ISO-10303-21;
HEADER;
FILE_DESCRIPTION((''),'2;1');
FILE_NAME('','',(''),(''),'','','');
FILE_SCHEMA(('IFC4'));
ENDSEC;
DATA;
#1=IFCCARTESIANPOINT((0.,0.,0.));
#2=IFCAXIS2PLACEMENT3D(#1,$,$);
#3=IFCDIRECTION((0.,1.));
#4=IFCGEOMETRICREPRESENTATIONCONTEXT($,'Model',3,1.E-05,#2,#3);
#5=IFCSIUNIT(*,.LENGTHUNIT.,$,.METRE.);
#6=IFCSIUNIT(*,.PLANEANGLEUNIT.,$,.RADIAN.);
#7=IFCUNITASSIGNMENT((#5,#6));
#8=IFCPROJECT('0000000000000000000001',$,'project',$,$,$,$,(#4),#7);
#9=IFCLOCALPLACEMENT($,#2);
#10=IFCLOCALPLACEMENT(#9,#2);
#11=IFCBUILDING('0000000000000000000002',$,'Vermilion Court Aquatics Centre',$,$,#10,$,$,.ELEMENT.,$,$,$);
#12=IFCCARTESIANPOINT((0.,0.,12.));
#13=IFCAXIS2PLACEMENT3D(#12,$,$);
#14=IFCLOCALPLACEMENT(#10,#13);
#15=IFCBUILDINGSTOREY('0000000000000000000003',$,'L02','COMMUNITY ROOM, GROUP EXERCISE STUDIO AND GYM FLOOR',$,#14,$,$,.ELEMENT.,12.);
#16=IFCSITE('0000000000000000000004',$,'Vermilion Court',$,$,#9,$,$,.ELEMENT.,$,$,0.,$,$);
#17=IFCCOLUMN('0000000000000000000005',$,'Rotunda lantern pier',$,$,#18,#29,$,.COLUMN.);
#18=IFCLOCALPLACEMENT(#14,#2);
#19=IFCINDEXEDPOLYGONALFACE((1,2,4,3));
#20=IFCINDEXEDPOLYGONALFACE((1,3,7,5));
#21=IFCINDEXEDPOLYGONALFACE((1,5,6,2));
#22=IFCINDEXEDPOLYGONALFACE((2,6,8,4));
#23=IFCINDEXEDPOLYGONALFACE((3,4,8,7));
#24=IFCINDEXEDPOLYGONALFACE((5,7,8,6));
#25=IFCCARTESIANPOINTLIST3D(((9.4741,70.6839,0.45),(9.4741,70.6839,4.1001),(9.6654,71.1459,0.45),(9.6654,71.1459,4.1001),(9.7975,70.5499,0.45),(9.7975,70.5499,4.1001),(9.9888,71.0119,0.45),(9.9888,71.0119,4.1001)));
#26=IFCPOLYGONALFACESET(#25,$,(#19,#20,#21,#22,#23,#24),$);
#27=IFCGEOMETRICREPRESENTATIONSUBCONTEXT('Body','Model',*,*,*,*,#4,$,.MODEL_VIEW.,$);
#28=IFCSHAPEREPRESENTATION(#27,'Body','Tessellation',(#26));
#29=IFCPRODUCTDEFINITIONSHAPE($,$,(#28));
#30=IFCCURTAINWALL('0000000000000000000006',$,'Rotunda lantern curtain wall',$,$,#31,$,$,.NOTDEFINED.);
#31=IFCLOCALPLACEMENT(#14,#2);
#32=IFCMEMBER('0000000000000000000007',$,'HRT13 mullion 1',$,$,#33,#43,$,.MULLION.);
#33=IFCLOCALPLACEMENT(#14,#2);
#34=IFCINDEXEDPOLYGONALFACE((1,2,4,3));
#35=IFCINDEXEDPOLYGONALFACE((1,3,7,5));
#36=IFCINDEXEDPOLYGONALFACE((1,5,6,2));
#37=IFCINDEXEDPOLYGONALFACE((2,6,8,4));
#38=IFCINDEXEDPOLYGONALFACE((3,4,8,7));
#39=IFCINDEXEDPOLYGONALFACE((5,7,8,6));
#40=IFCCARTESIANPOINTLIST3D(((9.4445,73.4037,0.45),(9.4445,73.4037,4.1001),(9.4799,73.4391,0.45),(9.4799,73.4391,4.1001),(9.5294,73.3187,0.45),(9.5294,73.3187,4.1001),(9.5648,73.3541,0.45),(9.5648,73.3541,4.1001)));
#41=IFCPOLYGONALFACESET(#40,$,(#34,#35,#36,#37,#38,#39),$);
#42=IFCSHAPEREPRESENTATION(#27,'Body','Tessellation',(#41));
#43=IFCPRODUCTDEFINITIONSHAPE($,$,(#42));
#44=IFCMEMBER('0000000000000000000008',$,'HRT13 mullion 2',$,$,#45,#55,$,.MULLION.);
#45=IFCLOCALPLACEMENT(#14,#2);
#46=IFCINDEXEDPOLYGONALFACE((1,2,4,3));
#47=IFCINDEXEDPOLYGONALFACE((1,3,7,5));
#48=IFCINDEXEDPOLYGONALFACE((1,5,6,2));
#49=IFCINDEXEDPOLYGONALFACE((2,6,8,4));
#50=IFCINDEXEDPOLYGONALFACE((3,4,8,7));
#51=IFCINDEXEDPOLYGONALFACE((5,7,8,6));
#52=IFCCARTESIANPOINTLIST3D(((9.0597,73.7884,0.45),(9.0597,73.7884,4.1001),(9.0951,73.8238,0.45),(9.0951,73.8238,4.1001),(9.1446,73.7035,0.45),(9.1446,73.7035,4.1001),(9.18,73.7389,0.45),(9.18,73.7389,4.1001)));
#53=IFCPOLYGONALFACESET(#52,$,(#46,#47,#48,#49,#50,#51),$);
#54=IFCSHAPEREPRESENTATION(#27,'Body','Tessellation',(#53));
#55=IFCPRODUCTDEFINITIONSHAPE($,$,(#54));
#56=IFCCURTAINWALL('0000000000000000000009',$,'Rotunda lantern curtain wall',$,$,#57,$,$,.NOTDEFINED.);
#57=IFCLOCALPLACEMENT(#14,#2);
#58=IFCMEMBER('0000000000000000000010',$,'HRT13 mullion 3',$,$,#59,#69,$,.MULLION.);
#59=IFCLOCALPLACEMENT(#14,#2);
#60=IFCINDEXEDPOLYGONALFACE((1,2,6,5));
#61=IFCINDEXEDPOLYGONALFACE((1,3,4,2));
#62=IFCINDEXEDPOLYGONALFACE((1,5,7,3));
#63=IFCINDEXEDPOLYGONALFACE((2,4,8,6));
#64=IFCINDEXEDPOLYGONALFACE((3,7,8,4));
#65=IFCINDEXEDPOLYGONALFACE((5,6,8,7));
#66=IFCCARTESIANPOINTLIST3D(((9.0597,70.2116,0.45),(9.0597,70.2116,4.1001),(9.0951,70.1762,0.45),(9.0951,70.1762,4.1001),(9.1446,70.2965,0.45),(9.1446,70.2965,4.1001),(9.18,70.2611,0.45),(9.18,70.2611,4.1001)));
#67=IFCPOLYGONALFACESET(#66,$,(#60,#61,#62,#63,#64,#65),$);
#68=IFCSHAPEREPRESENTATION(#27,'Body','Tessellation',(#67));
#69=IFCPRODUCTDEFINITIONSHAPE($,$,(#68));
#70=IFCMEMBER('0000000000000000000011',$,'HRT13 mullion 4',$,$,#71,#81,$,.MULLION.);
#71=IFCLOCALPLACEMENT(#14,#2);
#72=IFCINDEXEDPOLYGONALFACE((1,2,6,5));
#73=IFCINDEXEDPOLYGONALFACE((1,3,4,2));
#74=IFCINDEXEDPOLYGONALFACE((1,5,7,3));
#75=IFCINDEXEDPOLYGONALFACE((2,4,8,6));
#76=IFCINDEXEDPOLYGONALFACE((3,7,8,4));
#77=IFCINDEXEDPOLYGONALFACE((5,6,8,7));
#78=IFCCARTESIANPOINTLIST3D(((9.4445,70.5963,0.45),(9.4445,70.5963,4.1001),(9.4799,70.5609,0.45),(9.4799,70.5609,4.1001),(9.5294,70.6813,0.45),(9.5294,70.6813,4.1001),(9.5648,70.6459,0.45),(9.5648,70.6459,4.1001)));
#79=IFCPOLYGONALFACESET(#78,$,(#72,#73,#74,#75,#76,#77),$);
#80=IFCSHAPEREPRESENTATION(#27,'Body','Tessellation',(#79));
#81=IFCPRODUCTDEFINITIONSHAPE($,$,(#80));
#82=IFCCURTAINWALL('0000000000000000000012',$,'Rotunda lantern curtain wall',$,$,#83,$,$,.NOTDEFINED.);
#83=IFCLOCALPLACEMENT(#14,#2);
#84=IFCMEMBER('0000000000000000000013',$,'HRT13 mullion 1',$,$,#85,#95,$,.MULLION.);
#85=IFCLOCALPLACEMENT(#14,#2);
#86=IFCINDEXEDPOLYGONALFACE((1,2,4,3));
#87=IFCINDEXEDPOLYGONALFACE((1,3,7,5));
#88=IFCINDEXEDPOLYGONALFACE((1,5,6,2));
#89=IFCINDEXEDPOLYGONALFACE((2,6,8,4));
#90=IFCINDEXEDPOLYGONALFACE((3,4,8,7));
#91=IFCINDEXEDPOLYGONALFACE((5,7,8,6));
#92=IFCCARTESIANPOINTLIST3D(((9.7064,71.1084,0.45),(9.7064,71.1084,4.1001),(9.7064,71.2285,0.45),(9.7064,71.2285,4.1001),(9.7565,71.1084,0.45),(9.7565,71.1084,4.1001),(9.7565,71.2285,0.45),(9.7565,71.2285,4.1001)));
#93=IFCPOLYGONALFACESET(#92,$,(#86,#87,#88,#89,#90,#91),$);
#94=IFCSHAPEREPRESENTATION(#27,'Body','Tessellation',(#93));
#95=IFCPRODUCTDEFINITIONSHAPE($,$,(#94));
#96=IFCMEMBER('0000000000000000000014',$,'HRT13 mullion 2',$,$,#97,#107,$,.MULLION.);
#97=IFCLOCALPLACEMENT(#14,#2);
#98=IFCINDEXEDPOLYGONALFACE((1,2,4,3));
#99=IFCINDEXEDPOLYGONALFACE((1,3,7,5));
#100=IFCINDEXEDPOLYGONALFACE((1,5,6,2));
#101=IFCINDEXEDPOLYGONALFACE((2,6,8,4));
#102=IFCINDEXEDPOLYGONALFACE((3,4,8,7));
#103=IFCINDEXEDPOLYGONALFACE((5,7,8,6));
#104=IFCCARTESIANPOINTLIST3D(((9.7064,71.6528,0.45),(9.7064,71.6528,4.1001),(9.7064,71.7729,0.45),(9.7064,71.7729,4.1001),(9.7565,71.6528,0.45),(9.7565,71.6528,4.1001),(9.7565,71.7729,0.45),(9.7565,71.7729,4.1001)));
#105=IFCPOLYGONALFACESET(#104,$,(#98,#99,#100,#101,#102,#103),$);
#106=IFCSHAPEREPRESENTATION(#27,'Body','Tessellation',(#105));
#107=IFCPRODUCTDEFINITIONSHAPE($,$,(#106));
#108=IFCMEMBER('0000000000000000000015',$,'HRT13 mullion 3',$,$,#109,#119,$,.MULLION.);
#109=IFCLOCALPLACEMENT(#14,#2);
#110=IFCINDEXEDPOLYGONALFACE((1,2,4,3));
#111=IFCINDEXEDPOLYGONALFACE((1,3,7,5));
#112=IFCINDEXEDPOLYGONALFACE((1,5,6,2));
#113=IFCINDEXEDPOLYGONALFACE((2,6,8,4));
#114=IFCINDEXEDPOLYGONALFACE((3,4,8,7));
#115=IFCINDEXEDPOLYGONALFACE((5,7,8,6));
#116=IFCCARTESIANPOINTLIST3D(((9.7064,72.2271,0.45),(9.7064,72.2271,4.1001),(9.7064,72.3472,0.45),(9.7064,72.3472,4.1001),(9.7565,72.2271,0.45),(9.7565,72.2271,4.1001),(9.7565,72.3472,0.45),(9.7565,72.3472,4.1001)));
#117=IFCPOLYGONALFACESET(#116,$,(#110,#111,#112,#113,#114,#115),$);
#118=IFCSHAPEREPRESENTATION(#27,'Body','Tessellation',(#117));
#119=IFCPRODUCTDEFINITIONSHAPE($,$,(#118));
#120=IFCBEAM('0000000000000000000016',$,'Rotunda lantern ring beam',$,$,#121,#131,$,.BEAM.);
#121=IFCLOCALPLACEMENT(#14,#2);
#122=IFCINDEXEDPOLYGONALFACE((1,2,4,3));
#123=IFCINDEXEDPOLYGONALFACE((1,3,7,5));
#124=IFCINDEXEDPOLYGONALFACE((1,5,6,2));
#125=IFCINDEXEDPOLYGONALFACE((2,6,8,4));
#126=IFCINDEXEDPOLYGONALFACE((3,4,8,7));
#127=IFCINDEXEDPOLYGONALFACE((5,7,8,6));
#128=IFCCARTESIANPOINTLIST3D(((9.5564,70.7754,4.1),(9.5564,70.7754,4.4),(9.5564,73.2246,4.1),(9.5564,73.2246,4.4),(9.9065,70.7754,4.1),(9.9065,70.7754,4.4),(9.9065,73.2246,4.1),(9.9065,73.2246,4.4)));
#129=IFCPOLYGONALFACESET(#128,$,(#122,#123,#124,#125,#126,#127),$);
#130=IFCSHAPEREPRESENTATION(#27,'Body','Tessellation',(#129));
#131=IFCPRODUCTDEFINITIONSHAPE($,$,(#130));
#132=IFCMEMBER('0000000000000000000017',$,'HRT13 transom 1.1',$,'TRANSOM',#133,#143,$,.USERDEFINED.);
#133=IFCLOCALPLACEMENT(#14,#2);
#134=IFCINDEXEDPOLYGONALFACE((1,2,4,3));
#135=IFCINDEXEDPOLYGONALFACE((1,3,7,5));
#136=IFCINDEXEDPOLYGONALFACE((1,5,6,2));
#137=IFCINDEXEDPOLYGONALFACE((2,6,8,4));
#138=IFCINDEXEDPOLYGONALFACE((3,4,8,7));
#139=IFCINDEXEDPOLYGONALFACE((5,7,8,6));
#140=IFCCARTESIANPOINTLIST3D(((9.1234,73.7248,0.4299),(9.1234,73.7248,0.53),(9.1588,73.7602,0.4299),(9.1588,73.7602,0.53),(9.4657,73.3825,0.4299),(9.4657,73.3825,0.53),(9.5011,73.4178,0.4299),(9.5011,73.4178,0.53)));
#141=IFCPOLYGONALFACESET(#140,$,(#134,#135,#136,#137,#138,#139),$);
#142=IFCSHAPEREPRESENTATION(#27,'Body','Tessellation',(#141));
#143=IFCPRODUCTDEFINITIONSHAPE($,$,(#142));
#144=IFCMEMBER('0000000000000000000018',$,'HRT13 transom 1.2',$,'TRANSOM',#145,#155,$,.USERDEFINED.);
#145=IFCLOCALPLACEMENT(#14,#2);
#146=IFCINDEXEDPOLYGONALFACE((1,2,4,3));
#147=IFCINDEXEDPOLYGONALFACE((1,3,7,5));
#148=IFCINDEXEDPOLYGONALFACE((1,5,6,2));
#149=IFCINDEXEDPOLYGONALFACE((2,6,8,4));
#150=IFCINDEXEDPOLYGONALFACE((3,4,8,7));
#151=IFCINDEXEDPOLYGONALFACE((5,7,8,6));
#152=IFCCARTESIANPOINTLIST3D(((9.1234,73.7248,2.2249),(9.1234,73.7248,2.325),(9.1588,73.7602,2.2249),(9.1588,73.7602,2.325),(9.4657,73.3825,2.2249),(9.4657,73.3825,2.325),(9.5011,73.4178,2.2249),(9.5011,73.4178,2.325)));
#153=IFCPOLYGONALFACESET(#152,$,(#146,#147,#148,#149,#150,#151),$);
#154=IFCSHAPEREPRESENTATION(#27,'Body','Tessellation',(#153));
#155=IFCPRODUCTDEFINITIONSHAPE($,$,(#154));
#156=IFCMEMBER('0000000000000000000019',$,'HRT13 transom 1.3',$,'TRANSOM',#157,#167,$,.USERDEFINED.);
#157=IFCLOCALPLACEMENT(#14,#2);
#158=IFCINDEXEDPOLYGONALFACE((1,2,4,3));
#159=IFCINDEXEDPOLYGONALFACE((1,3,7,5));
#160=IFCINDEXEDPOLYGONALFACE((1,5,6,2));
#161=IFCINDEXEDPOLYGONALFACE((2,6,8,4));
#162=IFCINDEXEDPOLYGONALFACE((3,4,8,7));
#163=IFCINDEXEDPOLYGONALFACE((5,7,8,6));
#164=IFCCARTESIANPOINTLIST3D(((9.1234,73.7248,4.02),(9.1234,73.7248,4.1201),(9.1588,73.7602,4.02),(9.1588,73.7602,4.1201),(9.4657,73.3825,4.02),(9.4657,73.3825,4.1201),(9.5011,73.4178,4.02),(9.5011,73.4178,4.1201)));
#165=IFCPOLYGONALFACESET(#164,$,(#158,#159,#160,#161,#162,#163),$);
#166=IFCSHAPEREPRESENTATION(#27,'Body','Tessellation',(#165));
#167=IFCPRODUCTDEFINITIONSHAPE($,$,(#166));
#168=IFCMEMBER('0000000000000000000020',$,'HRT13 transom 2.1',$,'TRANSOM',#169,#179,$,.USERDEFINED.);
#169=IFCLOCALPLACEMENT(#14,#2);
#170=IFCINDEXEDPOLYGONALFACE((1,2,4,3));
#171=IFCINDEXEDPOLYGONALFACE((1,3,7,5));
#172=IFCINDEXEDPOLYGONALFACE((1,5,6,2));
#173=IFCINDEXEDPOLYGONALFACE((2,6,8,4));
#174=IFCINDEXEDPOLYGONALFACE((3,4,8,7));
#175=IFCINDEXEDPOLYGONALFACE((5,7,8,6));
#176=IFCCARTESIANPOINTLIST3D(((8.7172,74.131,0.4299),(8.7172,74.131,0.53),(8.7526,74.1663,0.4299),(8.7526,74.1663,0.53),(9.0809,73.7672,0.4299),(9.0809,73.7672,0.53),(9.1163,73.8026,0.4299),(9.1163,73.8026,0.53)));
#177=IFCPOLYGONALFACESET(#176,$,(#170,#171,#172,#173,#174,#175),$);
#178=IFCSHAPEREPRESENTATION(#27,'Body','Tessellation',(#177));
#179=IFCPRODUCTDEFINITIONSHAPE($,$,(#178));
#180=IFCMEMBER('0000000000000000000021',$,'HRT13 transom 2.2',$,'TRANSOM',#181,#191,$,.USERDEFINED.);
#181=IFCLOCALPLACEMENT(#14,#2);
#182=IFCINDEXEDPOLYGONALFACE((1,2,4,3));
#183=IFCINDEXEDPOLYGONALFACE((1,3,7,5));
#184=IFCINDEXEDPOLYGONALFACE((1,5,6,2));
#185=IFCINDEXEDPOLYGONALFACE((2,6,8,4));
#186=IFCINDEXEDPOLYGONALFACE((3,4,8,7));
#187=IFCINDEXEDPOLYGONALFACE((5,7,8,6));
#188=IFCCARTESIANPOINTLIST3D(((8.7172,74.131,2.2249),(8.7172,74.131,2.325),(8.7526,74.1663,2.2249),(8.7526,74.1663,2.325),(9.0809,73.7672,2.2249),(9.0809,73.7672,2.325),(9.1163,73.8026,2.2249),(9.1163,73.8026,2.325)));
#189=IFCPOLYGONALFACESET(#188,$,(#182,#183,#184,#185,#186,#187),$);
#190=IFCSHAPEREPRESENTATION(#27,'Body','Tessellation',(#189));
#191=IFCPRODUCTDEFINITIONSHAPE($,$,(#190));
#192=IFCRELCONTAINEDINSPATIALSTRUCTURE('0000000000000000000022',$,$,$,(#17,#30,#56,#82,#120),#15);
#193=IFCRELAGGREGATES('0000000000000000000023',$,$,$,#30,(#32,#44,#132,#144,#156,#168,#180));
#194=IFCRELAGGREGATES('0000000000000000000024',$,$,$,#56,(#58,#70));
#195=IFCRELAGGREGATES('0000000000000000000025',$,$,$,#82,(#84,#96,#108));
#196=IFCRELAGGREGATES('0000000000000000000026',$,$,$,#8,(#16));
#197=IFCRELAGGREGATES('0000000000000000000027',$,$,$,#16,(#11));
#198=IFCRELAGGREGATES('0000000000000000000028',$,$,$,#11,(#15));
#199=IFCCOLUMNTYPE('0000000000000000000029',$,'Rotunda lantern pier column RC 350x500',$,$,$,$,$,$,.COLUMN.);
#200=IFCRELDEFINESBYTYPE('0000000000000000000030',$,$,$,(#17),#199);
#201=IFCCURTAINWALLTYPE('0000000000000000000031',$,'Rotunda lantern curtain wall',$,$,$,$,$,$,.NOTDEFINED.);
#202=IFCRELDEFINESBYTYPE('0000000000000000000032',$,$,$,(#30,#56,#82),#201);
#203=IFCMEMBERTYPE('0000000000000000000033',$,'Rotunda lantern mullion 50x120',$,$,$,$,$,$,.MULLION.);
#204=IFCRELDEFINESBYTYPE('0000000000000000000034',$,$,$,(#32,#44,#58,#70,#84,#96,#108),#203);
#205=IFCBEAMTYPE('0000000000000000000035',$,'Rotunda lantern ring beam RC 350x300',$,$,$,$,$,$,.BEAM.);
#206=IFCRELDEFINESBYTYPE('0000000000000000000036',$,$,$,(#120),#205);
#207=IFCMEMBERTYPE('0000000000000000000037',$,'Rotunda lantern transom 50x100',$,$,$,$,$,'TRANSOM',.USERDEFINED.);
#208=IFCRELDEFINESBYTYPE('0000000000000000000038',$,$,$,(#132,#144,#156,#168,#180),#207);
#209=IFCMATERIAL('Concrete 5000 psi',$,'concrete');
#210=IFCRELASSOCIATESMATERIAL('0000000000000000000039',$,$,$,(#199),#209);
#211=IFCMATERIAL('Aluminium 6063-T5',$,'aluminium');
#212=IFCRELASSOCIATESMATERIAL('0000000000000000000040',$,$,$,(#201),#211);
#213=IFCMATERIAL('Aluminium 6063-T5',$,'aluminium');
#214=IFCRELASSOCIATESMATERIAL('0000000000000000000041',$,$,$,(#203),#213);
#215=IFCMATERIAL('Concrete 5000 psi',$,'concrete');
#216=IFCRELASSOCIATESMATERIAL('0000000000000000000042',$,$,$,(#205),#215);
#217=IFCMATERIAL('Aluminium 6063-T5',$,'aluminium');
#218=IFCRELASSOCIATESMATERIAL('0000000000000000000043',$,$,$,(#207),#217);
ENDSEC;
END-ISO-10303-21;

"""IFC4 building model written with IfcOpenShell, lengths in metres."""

from ifc_helpers import new_model, si_unit, direction, frame, origin, origin_2d, place, context, subcontext, project, spatial, rectangle, extrude, material, material_profile, profile_set, type_object, element, aggregate, save


model = new_model("IFC4")

# Units and contexts
model_context = context("Model", 3, precision=1e-05, world=origin(), true_north=direction((0.0, 1.0)))
body_context = subcontext(model_context, "Body", "Model", "MODEL_VIEW")
ifc_project = project(units=[si_unit("LENGTHUNIT", "METRE"), si_unit("PLANEANGLEUNIT", "RADIAN")], contexts=[model_context])

# Site, building, storey
site_placement = place(None, origin())
site = spatial("IfcSite", under=ifc_project, at=site_placement, Name="Vermilion Court", CompositionType="ELEMENT", RefElevation=0.0)
building_placement = place(site_placement, origin())
building = spatial("IfcBuilding", under=site, at=building_placement, Name="Vermilion Court Aquatics Centre", CompositionType="ELEMENT")
storey_placement = place(building_placement, frame((0.0, 0.0, 12.0)))
storey = spatial("IfcBuildingStorey", under=building, at=storey_placement, Name="L02", Description="COMMUNITY ROOM, GROUP EXERCISE STUDIO AND GYM FLOOR", CompositionType="ELEMENT", Elevation=12.0)

# Column
ifc_material_1 = material(Name="Concrete 5000 psi", Category="concrete")
ifc_material_profile_1 = material_profile(ifc_material_1, rectangle(XDim=0.3501, YDim=0.5, at=origin_2d()), Name="RC 350x500")
ifc_profile_set_1 = profile_set([ifc_material_profile_1], Name="Concrete 5000 psi")
column_type = type_object("IfcColumnType", Name="Rotunda lantern pier column RC 350x500", PredefinedType="COLUMN", material=ifc_profile_set_1)
column_placement = place(storey_placement, frame((9.7314, 70.8479, 0.45), z_axis=(0.0, 0.0, 1.0), x_axis=(0.92388, -0.382683, 0.0)))
element("IfcColumn", 1, at=column_placement, inside=storey, type_object=column_type, Name="Rotunda lantern pier", PredefinedType="COLUMN", context=body_context, shape_type="SweptSolid", body=[
    extrude(rectangle(XDim=0.3501, YDim=0.5, at=origin_2d()), origin(), (0.0, 0.0, 1.0), 3.6501),
])

# Curtain walls, members
ifc_material_2 = material(Name="Aluminium 6063-T5", Category="aluminium")
curtain_wall_type = type_object("IfcCurtainWallType", Name="Rotunda lantern curtain wall", PredefinedType="NOTDEFINED", material=ifc_material_2)
curtain_wall_1_placement = place(storey_placement, origin())
curtain_wall_1 = element("IfcCurtainWall", 2, at=curtain_wall_1_placement, inside=storey, type_object=curtain_wall_type, Name="Rotunda lantern curtain wall", PredefinedType="NOTDEFINED")
ifc_material_3 = material(Name="Aluminium 6063-T5", Category="aluminium")
ifc_material_profile_2 = material_profile(ifc_material_3, rectangle(XDim=0.05, YDim=0.1201, at=origin_2d()), Name="Aluminium 50x120")
ifc_profile_set_2 = profile_set([ifc_material_profile_2], Name="Aluminium 6063-T5")
member_type_1 = type_object("IfcMemberType", Name="Rotunda lantern mullion 50x120", PredefinedType="MULLION", material=ifc_profile_set_2)
member_1_placement = place(storey_placement, frame((9.5046, 73.3789, 0.45), z_axis=(0.0, 0.0, 1.0), x_axis=(-0.707107, -0.707107, 0.0)))
member_1 = element("IfcMember", 3, at=member_1_placement, type_object=member_type_1, Name="HRT13 mullion 1", PredefinedType="MULLION", context=body_context, shape_type="SweptSolid", body=[
    extrude(rectangle(XDim=0.05, YDim=0.1201, at=origin_2d()), origin(), (0.0, 0.0, 1.0), 3.6501),
])
member_2_placement = place(storey_placement, frame((9.1199, 73.7637, 0.45), z_axis=(0.0, 0.0, 1.0), x_axis=(-0.707107, -0.707107, 0.0)))
member_2 = element("IfcMember", 4, at=member_2_placement, type_object=member_type_1, Name="HRT13 mullion 2", PredefinedType="MULLION", context=body_context, shape_type="SweptSolid", body=[
    extrude(rectangle(XDim=0.05, YDim=0.1201, at=origin_2d()), origin(), (0.0, 0.0, 1.0), 3.6501),
])
curtain_wall_2_placement = place(storey_placement, origin())
curtain_wall_2 = element("IfcCurtainWall", 5, at=curtain_wall_2_placement, inside=storey, type_object=curtain_wall_type, Name="Rotunda lantern curtain wall", PredefinedType="NOTDEFINED")
member_3_placement = place(storey_placement, frame((9.1199, 70.2363, 0.45), z_axis=(0.0, 0.0, 1.0), x_axis=(-0.707107, 0.707107, 0.0)))
member_3 = element("IfcMember", 6, at=member_3_placement, type_object=member_type_1, Name="HRT13 mullion 3", PredefinedType="MULLION", context=body_context, shape_type="SweptSolid", body=[
    extrude(rectangle(XDim=0.05, YDim=0.1201, at=origin_2d()), origin(), (0.0, 0.0, 1.0), 3.6501),
])
member_4_placement = place(storey_placement, frame((9.5046, 70.6211, 0.45), z_axis=(0.0, 0.0, 1.0), x_axis=(-0.707107, 0.707107, 0.0)))
member_4 = element("IfcMember", 7, at=member_4_placement, type_object=member_type_1, Name="HRT13 mullion 4", PredefinedType="MULLION", context=body_context, shape_type="SweptSolid", body=[
    extrude(rectangle(XDim=0.05, YDim=0.1201, at=origin_2d()), origin(), (0.0, 0.0, 1.0), 3.6501),
])
curtain_wall_3_placement = place(storey_placement, origin())
curtain_wall_3 = element("IfcCurtainWall", 8, at=curtain_wall_3_placement, inside=storey, type_object=curtain_wall_type, Name="Rotunda lantern curtain wall", PredefinedType="NOTDEFINED")
member_5_placement = place(storey_placement, frame((9.7314, 71.1685, 0.45), z_axis=(0.0, 0.0, 1.0), x_axis=(-1.0, 0.0, 0.0)))
member_5 = element("IfcMember", 9, at=member_5_placement, type_object=member_type_1, Name="HRT13 mullion 1", PredefinedType="MULLION", context=body_context, shape_type="SweptSolid", body=[
    extrude(rectangle(XDim=0.05, YDim=0.1201, at=origin_2d()), origin(), (0.0, 0.0, 1.0), 3.6501),
])
member_6_placement = place(storey_placement, frame((9.7314, 71.7129, 0.45), z_axis=(0.0, 0.0, 1.0), x_axis=(-1.0, 0.0, 0.0)))
member_6 = element("IfcMember", 10, at=member_6_placement, type_object=member_type_1, Name="HRT13 mullion 2", PredefinedType="MULLION", context=body_context, shape_type="SweptSolid", body=[
    extrude(rectangle(XDim=0.05, YDim=0.1201, at=origin_2d()), origin(), (0.0, 0.0, 1.0), 3.6501),
])
member_7_placement = place(storey_placement, frame((9.7314, 72.2871, 0.45), z_axis=(0.0, 0.0, 1.0), x_axis=(-1.0, 0.0, 0.0)))
member_7 = element("IfcMember", 11, at=member_7_placement, type_object=member_type_1, Name="HRT13 mullion 3", PredefinedType="MULLION", context=body_context, shape_type="SweptSolid", body=[
    extrude(rectangle(XDim=0.05, YDim=0.1201, at=origin_2d()), origin(), (0.0, 0.0, 1.0), 3.6501),
])

# Beam
ifc_material_4 = material(Name="Concrete 5000 psi", Category="concrete")
ifc_material_profile_3 = material_profile(ifc_material_4, rectangle(XDim=0.3501, YDim=0.3, at=origin_2d()), Name="RC 350x300")
ifc_profile_set_3 = profile_set([ifc_material_profile_3], Name="Concrete 5000 psi")
beam_type = type_object("IfcBeamType", Name="Rotunda lantern ring beam RC 350x300", PredefinedType="BEAM", material=ifc_profile_set_3)
beam_placement = place(storey_placement, frame((9.7314, 70.7754, 4.25), z_axis=(0.0, 1.0, 0.0), x_axis=(-1.0, 0.0, 0.0)))
element("IfcBeam", 12, at=beam_placement, inside=storey, type_object=beam_type, Name="Rotunda lantern ring beam", PredefinedType="BEAM", context=body_context, shape_type="SweptSolid", body=[
    extrude(rectangle(XDim=0.3501, YDim=0.3, at=origin_2d()), origin(), (0.0, 0.0, 1.0), 2.4492),
])

# Members
ifc_material_5 = material(Name="Aluminium 6063-T5", Category="aluminium")
ifc_material_profile_4 = material_profile(ifc_material_5, rectangle(XDim=0.05, YDim=0.1001, at=origin_2d()), Name="Aluminium 50x100")
ifc_profile_set_4 = profile_set([ifc_material_profile_4], Name="Aluminium 6063-T5")
member_type_2 = type_object("IfcMemberType", Name="Rotunda lantern transom 50x100", ElementType="TRANSOM", PredefinedType="USERDEFINED", material=ifc_profile_set_4)
member_8_placement = place(storey_placement, frame((9.4834, 73.4001, 0.48), z_axis=(-0.707107, 0.707107, 0.0), x_axis=(-0.707107, -0.707107, 0.0)))
member_8 = element("IfcMember", 13, at=member_8_placement, type_object=member_type_2, Name="HRT13 transom 1.1", ObjectType="TRANSOM", PredefinedType="USERDEFINED", context=body_context, shape_type="SweptSolid", body=[
    extrude(rectangle(XDim=0.05, YDim=0.1001, at=origin_2d()), origin(), (0.0, 0.0, 1.0), 0.4841),
])
member_9_placement = place(storey_placement, frame((9.4834, 73.4001, 2.2749), z_axis=(-0.707107, 0.707107, 0.0), x_axis=(-0.707107, -0.707107, 0.0)))
member_9 = element("IfcMember", 14, at=member_9_placement, type_object=member_type_2, Name="HRT13 transom 1.2", ObjectType="TRANSOM", PredefinedType="USERDEFINED", context=body_context, shape_type="SweptSolid", body=[
    extrude(rectangle(XDim=0.05, YDim=0.1001, at=origin_2d()), origin(), (0.0, 0.0, 1.0), 0.4841),
])
member_10_placement = place(storey_placement, frame((9.4834, 73.4001, 4.0701), z_axis=(-0.707107, 0.707107, 0.0), x_axis=(-0.707107, -0.707107, 0.0)))
member_10 = element("IfcMember", 15, at=member_10_placement, type_object=member_type_2, Name="HRT13 transom 1.3", ObjectType="TRANSOM", PredefinedType="USERDEFINED", context=body_context, shape_type="SweptSolid", body=[
    extrude(rectangle(XDim=0.05, YDim=0.1001, at=origin_2d()), origin(), (0.0, 0.0, 1.0), 0.4841),
])
member_11_placement = place(storey_placement, frame((9.0986, 73.7849, 0.48), z_axis=(-0.707107, 0.707107, 0.0), x_axis=(-0.707107, -0.707107, 0.0)))
member_11 = element("IfcMember", 16, at=member_11_placement, type_object=member_type_2, Name="HRT13 transom 2.1", ObjectType="TRANSOM", PredefinedType="USERDEFINED", context=body_context, shape_type="SweptSolid", body=[
    extrude(rectangle(XDim=0.05, YDim=0.1001, at=origin_2d()), origin(), (0.0, 0.0, 1.0), 0.5144),
])
member_12_placement = place(storey_placement, frame((9.0986, 73.7849, 2.2749), z_axis=(-0.707107, 0.707107, 0.0), x_axis=(-0.707107, -0.707107, 0.0)))
member_12 = element("IfcMember", 17, at=member_12_placement, type_object=member_type_2, Name="HRT13 transom 2.2", ObjectType="TRANSOM", PredefinedType="USERDEFINED", context=body_context, shape_type="SweptSolid", body=[
    extrude(rectangle(XDim=0.05, YDim=0.1001, at=origin_2d()), origin(), (0.0, 0.0, 1.0), 0.5144),
])

aggregate(curtain_wall_1, [member_1, member_2, member_8, member_9, member_10, member_11, member_12])
aggregate(curtain_wall_2, [member_3, member_4])
aggregate(curtain_wall_3, [member_5, member_6, member_7])

save(model, "model.ifc")
